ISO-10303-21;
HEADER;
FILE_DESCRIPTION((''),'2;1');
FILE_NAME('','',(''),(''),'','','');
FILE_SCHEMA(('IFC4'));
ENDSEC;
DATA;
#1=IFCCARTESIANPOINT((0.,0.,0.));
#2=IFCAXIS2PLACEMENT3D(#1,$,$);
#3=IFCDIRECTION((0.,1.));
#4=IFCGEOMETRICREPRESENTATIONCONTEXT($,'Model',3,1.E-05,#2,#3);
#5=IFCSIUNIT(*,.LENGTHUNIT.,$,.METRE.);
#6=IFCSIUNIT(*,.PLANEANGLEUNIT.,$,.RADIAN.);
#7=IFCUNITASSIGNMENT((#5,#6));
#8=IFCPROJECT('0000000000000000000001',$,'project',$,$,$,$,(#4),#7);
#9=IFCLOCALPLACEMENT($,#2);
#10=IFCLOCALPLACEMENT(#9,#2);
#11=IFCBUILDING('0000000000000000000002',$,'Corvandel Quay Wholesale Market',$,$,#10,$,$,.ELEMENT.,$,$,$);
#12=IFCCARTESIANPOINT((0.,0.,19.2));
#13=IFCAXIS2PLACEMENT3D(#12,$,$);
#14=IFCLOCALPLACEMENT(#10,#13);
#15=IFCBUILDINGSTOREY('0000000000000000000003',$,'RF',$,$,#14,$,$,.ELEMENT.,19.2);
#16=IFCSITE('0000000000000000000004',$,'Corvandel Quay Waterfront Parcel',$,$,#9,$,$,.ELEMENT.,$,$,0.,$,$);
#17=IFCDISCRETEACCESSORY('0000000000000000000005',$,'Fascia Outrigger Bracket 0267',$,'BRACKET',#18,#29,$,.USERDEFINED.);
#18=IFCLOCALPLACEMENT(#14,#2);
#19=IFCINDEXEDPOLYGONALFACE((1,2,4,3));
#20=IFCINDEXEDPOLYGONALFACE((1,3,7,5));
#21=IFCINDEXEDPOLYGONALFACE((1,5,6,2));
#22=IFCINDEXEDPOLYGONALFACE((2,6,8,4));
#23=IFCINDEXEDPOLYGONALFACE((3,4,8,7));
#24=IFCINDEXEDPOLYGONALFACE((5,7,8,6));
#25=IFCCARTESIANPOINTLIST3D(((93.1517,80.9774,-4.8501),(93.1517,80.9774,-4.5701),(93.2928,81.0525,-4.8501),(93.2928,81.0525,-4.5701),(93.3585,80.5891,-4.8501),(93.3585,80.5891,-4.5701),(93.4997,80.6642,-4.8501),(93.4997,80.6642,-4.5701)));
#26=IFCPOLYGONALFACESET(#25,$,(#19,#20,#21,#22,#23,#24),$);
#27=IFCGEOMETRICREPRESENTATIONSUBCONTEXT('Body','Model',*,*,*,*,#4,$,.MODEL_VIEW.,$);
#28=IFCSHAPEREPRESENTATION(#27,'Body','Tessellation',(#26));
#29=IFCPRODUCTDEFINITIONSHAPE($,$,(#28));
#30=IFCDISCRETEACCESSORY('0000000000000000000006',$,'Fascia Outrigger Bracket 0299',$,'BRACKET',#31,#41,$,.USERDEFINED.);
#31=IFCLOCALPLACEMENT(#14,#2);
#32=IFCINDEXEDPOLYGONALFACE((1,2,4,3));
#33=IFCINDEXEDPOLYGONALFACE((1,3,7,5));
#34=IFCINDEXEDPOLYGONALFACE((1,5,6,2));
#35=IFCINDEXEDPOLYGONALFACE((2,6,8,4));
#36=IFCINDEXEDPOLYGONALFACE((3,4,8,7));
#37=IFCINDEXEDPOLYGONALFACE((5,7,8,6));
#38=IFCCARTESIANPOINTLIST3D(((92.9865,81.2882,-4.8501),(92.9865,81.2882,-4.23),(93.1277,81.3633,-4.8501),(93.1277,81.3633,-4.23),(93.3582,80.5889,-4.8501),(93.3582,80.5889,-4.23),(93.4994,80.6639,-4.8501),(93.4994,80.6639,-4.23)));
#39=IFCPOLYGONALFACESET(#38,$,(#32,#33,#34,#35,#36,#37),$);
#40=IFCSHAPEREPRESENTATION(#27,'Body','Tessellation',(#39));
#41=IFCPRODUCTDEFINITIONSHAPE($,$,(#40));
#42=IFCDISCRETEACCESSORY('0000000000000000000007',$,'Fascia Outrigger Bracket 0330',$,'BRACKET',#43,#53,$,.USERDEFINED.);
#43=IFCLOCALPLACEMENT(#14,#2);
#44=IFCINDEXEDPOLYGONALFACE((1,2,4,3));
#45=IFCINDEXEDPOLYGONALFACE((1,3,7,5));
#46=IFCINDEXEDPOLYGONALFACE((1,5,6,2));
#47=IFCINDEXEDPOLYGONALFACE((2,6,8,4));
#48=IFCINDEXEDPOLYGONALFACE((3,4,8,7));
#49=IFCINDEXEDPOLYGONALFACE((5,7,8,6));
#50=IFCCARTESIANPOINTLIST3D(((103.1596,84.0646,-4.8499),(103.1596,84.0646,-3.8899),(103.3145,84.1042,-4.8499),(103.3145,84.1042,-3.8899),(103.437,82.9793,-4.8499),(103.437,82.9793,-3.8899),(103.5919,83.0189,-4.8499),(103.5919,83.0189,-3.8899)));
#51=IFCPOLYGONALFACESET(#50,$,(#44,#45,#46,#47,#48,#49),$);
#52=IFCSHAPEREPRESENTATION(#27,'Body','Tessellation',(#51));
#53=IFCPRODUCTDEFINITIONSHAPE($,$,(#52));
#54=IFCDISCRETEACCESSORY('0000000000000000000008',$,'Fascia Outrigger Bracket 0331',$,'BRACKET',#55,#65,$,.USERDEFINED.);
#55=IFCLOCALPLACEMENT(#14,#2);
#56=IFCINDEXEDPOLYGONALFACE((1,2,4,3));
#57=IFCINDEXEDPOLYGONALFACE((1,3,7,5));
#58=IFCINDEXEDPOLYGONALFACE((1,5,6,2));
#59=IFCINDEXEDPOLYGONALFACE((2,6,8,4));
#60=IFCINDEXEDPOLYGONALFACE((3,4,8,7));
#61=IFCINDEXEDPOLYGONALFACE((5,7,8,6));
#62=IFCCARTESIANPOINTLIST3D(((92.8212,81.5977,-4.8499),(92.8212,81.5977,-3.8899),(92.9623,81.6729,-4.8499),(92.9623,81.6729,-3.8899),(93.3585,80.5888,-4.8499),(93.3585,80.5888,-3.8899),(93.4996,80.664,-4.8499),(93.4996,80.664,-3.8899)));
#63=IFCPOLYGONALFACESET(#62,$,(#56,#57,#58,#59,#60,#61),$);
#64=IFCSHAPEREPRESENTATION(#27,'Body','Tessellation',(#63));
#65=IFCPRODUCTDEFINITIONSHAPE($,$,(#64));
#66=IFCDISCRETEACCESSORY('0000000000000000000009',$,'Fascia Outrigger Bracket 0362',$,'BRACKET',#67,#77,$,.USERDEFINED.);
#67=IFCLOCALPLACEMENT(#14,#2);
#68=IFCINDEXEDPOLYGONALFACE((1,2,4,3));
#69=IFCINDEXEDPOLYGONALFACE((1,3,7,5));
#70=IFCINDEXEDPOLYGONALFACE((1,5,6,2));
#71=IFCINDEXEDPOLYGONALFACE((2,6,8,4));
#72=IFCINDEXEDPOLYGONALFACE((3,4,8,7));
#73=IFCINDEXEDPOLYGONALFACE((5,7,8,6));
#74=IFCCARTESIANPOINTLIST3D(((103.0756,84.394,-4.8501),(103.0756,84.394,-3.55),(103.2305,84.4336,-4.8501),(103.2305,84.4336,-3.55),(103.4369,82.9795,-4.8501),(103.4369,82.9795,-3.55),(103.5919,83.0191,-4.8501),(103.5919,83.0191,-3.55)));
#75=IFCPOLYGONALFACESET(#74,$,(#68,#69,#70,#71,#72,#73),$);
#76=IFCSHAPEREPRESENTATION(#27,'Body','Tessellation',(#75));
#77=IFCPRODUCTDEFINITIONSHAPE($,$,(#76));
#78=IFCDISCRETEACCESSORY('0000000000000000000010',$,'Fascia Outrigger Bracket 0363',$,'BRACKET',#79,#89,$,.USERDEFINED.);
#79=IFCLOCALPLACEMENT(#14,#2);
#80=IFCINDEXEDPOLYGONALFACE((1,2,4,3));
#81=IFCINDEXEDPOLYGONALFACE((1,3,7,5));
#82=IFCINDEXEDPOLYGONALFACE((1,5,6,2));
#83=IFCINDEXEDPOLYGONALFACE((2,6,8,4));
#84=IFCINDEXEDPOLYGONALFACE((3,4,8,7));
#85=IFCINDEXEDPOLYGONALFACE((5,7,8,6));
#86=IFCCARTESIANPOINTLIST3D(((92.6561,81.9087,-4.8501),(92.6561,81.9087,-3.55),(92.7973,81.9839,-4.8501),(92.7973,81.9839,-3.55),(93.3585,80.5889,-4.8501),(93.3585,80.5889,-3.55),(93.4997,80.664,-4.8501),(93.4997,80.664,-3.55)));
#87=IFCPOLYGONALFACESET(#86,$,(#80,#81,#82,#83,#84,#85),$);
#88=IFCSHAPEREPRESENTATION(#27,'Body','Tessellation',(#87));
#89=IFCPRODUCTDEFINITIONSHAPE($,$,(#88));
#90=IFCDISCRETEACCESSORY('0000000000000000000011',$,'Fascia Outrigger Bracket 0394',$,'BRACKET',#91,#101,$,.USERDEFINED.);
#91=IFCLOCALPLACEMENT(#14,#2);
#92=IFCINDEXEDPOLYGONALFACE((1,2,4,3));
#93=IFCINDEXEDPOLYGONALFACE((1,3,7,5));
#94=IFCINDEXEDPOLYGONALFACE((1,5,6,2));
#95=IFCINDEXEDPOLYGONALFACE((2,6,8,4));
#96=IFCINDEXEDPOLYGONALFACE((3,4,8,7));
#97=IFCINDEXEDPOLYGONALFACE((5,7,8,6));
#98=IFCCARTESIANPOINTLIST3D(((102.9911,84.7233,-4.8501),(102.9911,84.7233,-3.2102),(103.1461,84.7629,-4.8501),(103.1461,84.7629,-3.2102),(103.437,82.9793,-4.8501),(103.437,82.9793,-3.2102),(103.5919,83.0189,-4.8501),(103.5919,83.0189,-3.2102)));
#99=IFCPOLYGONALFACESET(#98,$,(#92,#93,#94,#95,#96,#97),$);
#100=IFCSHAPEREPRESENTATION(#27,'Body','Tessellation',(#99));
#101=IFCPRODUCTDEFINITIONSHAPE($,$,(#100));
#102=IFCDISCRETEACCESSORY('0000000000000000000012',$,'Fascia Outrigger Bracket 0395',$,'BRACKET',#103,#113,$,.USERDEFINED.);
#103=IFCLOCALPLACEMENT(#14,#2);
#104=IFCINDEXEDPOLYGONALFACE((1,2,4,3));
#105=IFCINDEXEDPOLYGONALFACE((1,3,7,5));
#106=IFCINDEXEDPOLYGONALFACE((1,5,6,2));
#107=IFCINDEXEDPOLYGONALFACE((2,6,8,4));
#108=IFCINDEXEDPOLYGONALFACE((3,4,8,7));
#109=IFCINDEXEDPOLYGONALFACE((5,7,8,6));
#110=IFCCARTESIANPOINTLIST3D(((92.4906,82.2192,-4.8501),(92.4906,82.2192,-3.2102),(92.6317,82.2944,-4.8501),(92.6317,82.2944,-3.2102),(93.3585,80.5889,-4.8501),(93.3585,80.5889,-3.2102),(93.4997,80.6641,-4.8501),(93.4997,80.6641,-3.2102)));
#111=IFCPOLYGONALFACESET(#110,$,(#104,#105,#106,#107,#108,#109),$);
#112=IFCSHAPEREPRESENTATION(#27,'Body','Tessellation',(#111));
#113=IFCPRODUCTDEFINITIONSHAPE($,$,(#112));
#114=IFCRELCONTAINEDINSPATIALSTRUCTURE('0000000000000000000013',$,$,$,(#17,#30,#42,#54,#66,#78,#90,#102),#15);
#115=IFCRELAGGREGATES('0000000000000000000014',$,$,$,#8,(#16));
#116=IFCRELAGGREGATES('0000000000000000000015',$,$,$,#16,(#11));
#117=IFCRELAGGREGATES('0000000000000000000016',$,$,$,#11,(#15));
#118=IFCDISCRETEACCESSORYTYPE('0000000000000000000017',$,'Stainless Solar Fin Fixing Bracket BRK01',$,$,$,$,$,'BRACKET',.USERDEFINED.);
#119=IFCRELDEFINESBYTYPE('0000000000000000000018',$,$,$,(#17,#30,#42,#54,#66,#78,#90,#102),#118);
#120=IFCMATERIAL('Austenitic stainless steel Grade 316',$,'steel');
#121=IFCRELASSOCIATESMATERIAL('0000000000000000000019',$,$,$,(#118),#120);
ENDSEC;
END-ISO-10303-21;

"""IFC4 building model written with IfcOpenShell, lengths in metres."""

from ifc_helpers import new_model, si_unit, direction, frame, origin, origin_2d, place, context, subcontext, project, spatial, rectangle, extrude, material, type_object, element, save


model = new_model("IFC4")

# Units and contexts
model_context = context("Model", 3, precision=1e-05, world=origin(), true_north=direction((0.0, 1.0)))
body_context = subcontext(model_context, "Body", "Model", "MODEL_VIEW")
ifc_project = project(units=[si_unit("LENGTHUNIT", "METRE"), si_unit("PLANEANGLEUNIT", "RADIAN")], contexts=[model_context])

# Site, building, storey
site_placement = place(None, origin())
site = spatial("IfcSite", under=ifc_project, at=site_placement, Name="Corvandel Quay Waterfront Parcel", CompositionType="ELEMENT", RefElevation=0.0)
building_placement = place(site_placement, origin())
building = spatial("IfcBuilding", under=site, at=building_placement, Name="Corvandel Quay Wholesale Market", CompositionType="ELEMENT")
storey_placement = place(building_placement, frame((0.0, 0.0, 19.2)))
storey = spatial("IfcBuildingStorey", under=building, at=storey_placement, Name="RF", CompositionType="ELEMENT", Elevation=19.2)

# Discrete accessories
ifc_material_1 = material(Name="Austenitic stainless steel Grade 316", Category="steel")
discrete_accessory_type = type_object("IfcDiscreteAccessoryType", Name="Stainless Solar Fin Fixing Bracket BRK01", ElementType="BRACKET", PredefinedType="USERDEFINED", material=ifc_material_1)
discrete_accessory_1_placement = place(storey_placement, frame((93.3257, 80.8208, -4.8501), z_axis=(0.0, 0.0, 1.0), x_axis=(-0.470088, 0.88262, 0.0)))
element("IfcDiscreteAccessory", 1, at=discrete_accessory_1_placement, inside=storey, type_object=discrete_accessory_type, Name="Fascia Outrigger Bracket 0267", ObjectType="BRACKET", PredefinedType="USERDEFINED", context=body_context, shape_type="SweptSolid", body=[
    extrude(rectangle(XDim=0.4399, YDim=0.1599, at=origin_2d()), origin(), (0.0, 0.0, 1.0), 0.28),
])
discrete_accessory_2_placement = place(storey_placement, frame((93.2429, 80.9761, -4.8501), z_axis=(0.0, 0.0, 1.0), x_axis=(-0.469317, 0.88303, 0.0)))
element("IfcDiscreteAccessory", 2, at=discrete_accessory_2_placement, inside=storey, type_object=discrete_accessory_type, Name="Fascia Outrigger Bracket 0299", ObjectType="BRACKET", PredefinedType="USERDEFINED", context=body_context, shape_type="SweptSolid", body=[
    extrude(rectangle(XDim=0.792, YDim=0.1599, at=origin_2d()), origin(), (0.0, 0.0, 1.0), 0.6201),
])
discrete_accessory_3_placement = place(storey_placement, frame((103.3757, 83.5417, -4.8499), z_axis=(0.0, 0.0, 1.0), x_axis=(-0.247675, 0.968843, 0.0)))
element("IfcDiscreteAccessory", 3, at=discrete_accessory_3_placement, inside=storey, type_object=discrete_accessory_type, Name="Fascia Outrigger Bracket 0330", ObjectType="BRACKET", PredefinedType="USERDEFINED", context=body_context, shape_type="SweptSolid", body=[
    extrude(rectangle(XDim=1.1201, YDim=0.1599, at=origin_2d()), origin(), (0.0, 0.0, 1.0), 0.96),
])
discrete_accessory_4_placement = place(storey_placement, frame((93.1604, 81.1309, -4.8499), z_axis=(0.0, 0.0, 1.0), x_axis=(-0.470088, 0.88262, 0.0)))
element("IfcDiscreteAccessory", 4, at=discrete_accessory_4_placement, inside=storey, type_object=discrete_accessory_type, Name="Fascia Outrigger Bracket 0331", ObjectType="BRACKET", PredefinedType="USERDEFINED", context=body_context, shape_type="SweptSolid", body=[
    extrude(rectangle(XDim=1.1431, YDim=0.1599, at=origin_2d()), origin(), (0.0, 0.0, 1.0), 0.96),
])
discrete_accessory_5_placement = place(storey_placement, frame((103.3337, 83.7065, -4.8501), z_axis=(0.0, 0.0, 1.0), x_axis=(-0.247506, 0.968886, 0.0)))
element("IfcDiscreteAccessory", 5, at=discrete_accessory_5_placement, inside=storey, type_object=discrete_accessory_type, Name="Fascia Outrigger Bracket 0362", ObjectType="BRACKET", PredefinedType="USERDEFINED", context=body_context, shape_type="SweptSolid", body=[
    extrude(rectangle(XDim=1.46, YDim=0.1599, at=origin_2d()), origin(), (0.0, 0.0, 1.0), 1.3),
])
discrete_accessory_6_placement = place(storey_placement, frame((93.0779, 81.2864, -4.8501), z_axis=(0.0, 0.0, 1.0), x_axis=(-0.46978, 0.882784, 0.0)))
element("IfcDiscreteAccessory", 6, at=discrete_accessory_6_placement, inside=storey, type_object=discrete_accessory_type, Name="Fascia Outrigger Bracket 0363", ObjectType="BRACKET", PredefinedType="USERDEFINED", context=body_context, shape_type="SweptSolid", body=[
    extrude(rectangle(XDim=1.4951, YDim=0.1599, at=origin_2d()), origin(), (0.0, 0.0, 1.0), 1.3),
])
discrete_accessory_7_placement = place(storey_placement, frame((103.2915, 83.8711, -4.8501), z_axis=(0.0, 0.0, 1.0), x_axis=(-0.247675, 0.968843, 0.0)))
element("IfcDiscreteAccessory", 7, at=discrete_accessory_7_placement, inside=storey, type_object=discrete_accessory_type, Name="Fascia Outrigger Bracket 0394", ObjectType="BRACKET", PredefinedType="USERDEFINED", context=body_context, shape_type="SweptSolid", body=[
    extrude(rectangle(XDim=1.8, YDim=0.1599, at=origin_2d()), origin(), (0.0, 0.0, 1.0), 1.6399),
])
discrete_accessory_8_placement = place(storey_placement, frame((92.9951, 81.4417, -4.8501), z_axis=(0.0, 0.0, 1.0), x_axis=(-0.469934, 0.882702, 0.0)))
element("IfcDiscreteAccessory", 8, at=discrete_accessory_8_placement, inside=storey, type_object=discrete_accessory_type, Name="Fascia Outrigger Bracket 0395", ObjectType="BRACKET", PredefinedType="USERDEFINED", context=body_context, shape_type="SweptSolid", body=[
    extrude(rectangle(XDim=1.8469, YDim=0.1599, at=origin_2d()), origin(), (0.0, 0.0, 1.0), 1.6399),
])

save(model, "model.ifc")
